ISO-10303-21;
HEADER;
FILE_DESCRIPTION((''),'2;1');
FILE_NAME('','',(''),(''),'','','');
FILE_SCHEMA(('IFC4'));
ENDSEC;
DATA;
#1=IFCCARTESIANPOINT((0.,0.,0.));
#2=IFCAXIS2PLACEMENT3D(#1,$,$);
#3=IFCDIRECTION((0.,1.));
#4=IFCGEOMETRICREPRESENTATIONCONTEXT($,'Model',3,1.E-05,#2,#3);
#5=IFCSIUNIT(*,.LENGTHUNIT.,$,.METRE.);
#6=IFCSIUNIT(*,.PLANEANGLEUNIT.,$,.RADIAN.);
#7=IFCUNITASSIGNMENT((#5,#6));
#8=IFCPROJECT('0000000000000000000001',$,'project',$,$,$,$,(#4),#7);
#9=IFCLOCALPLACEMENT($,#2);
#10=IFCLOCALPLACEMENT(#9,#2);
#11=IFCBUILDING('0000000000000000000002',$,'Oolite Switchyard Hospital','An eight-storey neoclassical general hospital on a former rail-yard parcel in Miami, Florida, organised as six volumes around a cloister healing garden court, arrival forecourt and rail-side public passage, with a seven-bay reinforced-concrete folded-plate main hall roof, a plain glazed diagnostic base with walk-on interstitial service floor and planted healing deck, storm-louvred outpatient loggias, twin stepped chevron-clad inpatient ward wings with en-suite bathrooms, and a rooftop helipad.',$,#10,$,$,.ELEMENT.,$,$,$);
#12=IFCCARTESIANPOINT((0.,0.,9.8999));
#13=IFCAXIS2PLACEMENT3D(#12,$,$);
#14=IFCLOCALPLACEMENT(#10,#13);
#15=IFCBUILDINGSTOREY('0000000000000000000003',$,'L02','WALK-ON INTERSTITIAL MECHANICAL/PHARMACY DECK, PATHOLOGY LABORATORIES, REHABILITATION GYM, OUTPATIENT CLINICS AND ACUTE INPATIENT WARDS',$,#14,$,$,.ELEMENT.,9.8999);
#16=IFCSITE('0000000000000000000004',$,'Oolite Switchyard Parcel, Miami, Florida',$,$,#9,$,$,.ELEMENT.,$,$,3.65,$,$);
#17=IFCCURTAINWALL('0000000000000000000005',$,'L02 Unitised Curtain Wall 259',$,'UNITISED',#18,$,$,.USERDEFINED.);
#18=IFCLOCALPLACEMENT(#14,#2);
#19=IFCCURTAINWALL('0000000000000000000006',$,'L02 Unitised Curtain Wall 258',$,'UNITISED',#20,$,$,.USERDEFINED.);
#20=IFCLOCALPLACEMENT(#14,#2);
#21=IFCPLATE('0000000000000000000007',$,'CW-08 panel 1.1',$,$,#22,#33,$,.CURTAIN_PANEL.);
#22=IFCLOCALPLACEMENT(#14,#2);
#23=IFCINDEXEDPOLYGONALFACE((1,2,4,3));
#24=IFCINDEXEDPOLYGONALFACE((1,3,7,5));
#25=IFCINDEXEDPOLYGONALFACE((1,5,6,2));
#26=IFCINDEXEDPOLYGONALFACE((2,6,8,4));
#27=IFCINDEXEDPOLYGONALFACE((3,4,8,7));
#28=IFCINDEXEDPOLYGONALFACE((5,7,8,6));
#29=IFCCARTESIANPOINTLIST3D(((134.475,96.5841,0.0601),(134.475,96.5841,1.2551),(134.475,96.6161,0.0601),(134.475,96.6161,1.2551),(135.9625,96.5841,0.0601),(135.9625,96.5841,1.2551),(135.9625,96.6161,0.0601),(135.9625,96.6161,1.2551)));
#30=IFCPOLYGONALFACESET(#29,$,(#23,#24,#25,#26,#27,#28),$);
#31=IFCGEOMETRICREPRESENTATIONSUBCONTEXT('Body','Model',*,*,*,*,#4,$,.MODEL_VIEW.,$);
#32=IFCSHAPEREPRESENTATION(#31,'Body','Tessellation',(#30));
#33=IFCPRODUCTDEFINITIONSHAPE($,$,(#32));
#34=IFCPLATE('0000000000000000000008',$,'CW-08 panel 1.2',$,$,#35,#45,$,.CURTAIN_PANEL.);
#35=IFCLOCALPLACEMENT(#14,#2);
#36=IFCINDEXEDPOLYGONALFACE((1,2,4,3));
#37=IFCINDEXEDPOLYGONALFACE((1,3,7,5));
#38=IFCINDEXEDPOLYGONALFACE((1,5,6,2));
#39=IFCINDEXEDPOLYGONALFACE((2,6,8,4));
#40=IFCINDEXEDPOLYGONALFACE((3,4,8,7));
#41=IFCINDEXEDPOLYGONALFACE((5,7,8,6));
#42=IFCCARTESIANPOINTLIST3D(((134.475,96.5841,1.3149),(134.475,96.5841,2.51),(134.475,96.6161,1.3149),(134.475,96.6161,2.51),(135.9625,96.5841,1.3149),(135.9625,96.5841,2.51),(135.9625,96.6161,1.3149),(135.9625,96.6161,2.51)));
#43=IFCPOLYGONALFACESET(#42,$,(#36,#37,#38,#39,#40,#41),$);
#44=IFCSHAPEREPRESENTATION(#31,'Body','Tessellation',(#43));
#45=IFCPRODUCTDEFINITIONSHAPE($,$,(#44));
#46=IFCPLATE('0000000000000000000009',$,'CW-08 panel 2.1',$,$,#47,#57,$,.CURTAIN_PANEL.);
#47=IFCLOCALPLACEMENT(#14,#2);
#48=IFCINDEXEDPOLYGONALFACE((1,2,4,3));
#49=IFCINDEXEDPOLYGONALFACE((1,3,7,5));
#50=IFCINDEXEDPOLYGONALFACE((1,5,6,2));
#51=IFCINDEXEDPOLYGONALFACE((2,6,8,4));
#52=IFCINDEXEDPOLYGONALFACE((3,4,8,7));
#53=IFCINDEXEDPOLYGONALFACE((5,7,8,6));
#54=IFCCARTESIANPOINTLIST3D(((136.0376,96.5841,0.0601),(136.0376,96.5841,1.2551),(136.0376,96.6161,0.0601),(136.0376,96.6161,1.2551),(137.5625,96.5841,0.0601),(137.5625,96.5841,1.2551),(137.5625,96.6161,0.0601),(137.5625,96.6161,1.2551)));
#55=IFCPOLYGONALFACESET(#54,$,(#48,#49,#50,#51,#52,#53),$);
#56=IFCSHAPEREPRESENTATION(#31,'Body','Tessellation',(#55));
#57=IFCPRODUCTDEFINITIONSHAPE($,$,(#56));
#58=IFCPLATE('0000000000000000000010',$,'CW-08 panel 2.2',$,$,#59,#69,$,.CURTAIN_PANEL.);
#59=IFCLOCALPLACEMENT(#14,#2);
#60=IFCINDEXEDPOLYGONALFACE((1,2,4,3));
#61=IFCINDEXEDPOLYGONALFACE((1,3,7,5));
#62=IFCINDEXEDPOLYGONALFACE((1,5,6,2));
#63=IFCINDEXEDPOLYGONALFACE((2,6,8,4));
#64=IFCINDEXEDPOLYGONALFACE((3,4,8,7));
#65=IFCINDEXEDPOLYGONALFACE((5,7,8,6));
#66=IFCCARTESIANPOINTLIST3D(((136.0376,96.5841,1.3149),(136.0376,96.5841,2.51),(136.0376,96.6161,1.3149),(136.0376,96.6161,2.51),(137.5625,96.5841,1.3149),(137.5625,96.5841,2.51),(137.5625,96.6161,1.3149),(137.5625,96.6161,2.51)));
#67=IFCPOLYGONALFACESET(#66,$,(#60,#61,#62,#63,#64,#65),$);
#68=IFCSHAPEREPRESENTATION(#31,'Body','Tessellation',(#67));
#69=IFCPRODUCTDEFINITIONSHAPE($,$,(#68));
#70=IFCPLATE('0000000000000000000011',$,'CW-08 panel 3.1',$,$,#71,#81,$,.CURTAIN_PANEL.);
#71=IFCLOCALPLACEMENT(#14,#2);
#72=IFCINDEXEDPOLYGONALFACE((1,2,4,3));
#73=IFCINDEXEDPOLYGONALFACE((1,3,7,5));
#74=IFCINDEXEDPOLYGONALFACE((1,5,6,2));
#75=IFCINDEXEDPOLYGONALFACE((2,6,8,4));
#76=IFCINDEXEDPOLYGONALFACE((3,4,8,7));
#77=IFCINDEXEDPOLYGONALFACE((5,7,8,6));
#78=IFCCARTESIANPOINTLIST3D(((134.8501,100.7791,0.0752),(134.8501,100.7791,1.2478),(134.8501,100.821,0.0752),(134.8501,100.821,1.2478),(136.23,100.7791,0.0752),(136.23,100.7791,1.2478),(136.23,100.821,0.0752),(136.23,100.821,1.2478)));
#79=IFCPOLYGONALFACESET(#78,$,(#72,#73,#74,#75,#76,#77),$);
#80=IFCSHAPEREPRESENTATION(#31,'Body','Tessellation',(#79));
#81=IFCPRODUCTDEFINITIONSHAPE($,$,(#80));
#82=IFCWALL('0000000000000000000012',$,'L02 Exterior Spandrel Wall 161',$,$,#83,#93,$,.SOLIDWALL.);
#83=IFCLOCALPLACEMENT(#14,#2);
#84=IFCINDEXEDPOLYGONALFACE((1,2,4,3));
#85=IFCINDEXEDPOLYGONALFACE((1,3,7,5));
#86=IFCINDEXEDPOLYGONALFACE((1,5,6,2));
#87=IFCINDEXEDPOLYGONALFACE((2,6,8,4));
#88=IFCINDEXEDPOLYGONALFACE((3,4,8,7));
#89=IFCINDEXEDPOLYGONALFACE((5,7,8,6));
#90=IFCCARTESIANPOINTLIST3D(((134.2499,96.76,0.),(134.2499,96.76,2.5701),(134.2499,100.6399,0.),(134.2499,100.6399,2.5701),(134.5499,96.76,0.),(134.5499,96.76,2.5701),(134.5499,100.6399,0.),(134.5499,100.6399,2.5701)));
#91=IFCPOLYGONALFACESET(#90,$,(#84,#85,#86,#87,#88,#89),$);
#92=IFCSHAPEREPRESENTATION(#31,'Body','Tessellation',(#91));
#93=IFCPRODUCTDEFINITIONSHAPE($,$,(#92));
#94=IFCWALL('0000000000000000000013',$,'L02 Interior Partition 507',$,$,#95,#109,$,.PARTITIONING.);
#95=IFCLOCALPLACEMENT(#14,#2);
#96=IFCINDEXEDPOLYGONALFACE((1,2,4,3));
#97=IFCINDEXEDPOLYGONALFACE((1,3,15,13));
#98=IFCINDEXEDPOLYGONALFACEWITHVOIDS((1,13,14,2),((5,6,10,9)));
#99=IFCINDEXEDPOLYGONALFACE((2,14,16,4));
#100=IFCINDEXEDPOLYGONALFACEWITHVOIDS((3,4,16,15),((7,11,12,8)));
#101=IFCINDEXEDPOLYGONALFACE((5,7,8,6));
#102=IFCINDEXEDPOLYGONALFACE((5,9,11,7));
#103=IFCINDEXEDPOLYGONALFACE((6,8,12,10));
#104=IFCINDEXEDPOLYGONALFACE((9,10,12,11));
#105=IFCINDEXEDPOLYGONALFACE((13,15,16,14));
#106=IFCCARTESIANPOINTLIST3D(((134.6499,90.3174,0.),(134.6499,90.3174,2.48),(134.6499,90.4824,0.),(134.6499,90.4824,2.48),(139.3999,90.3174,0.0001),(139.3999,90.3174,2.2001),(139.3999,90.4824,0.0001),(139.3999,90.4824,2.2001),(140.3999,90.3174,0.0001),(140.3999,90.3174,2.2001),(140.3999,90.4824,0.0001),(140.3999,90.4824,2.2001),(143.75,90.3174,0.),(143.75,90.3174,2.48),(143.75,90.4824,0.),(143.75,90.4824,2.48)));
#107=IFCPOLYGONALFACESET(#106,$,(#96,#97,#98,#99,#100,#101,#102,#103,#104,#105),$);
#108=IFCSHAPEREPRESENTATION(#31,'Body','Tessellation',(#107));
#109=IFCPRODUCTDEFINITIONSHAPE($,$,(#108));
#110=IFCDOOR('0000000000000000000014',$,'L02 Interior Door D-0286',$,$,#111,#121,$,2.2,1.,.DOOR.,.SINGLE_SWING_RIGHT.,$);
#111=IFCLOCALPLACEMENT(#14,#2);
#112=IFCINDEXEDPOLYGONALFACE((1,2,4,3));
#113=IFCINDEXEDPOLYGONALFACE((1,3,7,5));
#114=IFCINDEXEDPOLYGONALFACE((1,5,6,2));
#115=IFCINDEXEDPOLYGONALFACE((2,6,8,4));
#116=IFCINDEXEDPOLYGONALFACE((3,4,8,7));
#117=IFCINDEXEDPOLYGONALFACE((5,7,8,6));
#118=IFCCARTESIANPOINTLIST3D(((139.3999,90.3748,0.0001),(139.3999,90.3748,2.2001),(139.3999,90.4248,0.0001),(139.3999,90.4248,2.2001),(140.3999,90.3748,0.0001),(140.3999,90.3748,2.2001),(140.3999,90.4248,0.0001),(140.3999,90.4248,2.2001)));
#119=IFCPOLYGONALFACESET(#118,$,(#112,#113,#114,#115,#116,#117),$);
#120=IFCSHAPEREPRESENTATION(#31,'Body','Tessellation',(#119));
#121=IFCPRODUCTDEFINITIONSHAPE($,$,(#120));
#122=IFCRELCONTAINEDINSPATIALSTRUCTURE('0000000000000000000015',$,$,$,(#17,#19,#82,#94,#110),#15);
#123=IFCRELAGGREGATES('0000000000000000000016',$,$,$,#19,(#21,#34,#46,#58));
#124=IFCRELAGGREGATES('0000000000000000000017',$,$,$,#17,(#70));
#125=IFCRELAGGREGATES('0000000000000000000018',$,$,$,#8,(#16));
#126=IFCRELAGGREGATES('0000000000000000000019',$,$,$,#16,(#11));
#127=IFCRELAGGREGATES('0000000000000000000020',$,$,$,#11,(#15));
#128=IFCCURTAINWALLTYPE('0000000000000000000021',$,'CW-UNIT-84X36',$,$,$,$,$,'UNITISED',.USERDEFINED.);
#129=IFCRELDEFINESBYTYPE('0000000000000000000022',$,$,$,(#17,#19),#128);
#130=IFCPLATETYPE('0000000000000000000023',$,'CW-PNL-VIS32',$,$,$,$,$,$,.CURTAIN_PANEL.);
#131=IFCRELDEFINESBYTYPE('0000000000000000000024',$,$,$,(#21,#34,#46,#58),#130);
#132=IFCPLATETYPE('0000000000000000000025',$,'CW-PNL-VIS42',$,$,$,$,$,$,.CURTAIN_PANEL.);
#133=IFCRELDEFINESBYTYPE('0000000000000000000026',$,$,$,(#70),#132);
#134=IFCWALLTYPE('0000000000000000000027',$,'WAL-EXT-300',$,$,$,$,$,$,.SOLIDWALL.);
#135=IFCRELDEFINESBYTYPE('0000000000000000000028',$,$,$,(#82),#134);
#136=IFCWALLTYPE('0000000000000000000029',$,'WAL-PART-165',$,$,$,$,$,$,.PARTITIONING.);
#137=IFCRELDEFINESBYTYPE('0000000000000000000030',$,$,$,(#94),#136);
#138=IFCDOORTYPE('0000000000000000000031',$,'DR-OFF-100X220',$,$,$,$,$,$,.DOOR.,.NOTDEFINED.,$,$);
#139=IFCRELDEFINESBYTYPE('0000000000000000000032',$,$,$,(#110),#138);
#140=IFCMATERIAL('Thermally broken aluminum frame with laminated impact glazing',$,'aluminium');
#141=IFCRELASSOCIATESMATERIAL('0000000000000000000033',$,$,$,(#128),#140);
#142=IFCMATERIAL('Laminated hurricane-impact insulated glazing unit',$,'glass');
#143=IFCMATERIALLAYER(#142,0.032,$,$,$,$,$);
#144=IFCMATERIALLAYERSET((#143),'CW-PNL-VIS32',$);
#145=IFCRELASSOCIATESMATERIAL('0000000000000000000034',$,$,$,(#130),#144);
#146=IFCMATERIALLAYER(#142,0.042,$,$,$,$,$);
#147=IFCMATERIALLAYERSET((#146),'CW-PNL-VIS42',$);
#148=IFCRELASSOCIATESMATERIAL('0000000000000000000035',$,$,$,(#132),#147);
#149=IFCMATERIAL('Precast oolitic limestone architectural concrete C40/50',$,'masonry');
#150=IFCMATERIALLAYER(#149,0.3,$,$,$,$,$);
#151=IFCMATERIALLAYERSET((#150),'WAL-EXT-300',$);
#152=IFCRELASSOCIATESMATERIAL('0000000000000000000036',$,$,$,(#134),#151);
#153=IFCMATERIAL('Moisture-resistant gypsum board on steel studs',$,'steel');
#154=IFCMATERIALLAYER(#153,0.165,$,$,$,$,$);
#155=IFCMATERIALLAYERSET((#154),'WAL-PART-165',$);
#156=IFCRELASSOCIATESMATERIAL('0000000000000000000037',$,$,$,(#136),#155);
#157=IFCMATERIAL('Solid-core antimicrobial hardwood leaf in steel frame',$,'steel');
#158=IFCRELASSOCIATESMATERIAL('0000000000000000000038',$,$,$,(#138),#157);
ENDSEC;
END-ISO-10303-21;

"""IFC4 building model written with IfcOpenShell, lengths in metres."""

from ifc_helpers import new_model, si_unit, direction, frame, frame_2d, origin, origin_2d, place, context, subcontext, project, spatial, rectangle, extrude, material, layer, layer_set, type_object, element, fill, aggregate, save


model = new_model("IFC4")

# Units and contexts
model_context = context("Model", 3, precision=1e-05, world=origin(), true_north=direction((0.0, 1.0)))
body_context = subcontext(model_context, "Body", "Model", "MODEL_VIEW")
ifc_project = project(units=[si_unit("LENGTHUNIT", "METRE"), si_unit("PLANEANGLEUNIT", "RADIAN")], contexts=[model_context])

# Site, building, storey
site_placement = place(None, origin())
site = spatial("IfcSite", under=ifc_project, at=site_placement, Name="Oolite Switchyard Parcel, Miami, Florida", CompositionType="ELEMENT", RefElevation=3.65)
building_placement = place(site_placement, origin())
building = spatial("IfcBuilding", under=site, at=building_placement, Name="Oolite Switchyard Hospital", Description="An eight-storey neoclassical general hospital on a former rail-yard parcel in Miami, Florida, organised as six volumes around a cloister healing garden court, arrival forecourt and rail-side public passage, with a seven-bay reinforced-concrete folded-plate main hall roof, a plain glazed diagnostic base with walk-on interstitial service floor and planted healing deck, storm-louvred outpatient loggias, twin stepped chevron-clad inpatient ward wings with en-suite bathrooms, and a rooftop helipad.", CompositionType="ELEMENT")
storey_placement = place(building_placement, frame((0.0, 0.0, 9.8999)))
storey = spatial("IfcBuildingStorey", under=building, at=storey_placement, Name="L02", Description="WALK-ON INTERSTITIAL MECHANICAL/PHARMACY DECK, PATHOLOGY LABORATORIES, REHABILITATION GYM, OUTPATIENT CLINICS AND ACUTE INPATIENT WARDS", CompositionType="ELEMENT", Elevation=9.8999)

# Curtain wall
ifc_material_1 = material(Name="Thermally broken aluminum frame with laminated impact glazing", Category="aluminium")
curtain_wall_type = type_object("IfcCurtainWallType", Name="CW-UNIT-84X36", ElementType="UNITISED", PredefinedType="USERDEFINED", material=ifc_material_1)
curtain_wall_1_placement = place(storey_placement, origin())
curtain_wall_1 = element("IfcCurtainWall", 1, at=curtain_wall_1_placement, inside=storey, type_object=curtain_wall_type, Name="L02 Unitised Curtain Wall 259", ObjectType="UNITISED", PredefinedType="USERDEFINED")

# Curtain wall, plates
curtain_wall_2_placement = place(storey_placement, origin())
curtain_wall_2 = element("IfcCurtainWall", 2, at=curtain_wall_2_placement, inside=storey, type_object=curtain_wall_type, Name="L02 Unitised Curtain Wall 258", ObjectType="UNITISED", PredefinedType="USERDEFINED")
ifc_material_2 = material(Name="Laminated hurricane-impact insulated glazing unit", Category="glass")
ifc_layer_1 = layer(ifc_material_2, 0.032)
ifc_layer_set_1 = layer_set([ifc_layer_1], Name="CW-PNL-VIS32")
plate_type_1 = type_object("IfcPlateType", Name="CW-PNL-VIS32", PredefinedType="CURTAIN_PANEL", material=ifc_layer_set_1)
plate_1_placement = place(storey_placement, frame((135.2188, 96.6001, 0.0601), z_axis=(0.0, 0.0, 1.0), x_axis=(1.0, 0.0, 0.0)))
plate_1 = element("IfcPlate", 3, at=plate_1_placement, type_object=plate_type_1, Name="CW-08 panel 1.1", PredefinedType="CURTAIN_PANEL", context=body_context, shape_type="SweptSolid", body=[
    extrude(rectangle(XDim=1.4875, YDim=0.032, at=origin_2d()), origin(), (0.0, 0.0, 1.0), 1.1951),
])
plate_2_placement = place(storey_placement, frame((135.2188, 96.6001, 1.3149), z_axis=(0.0, 0.0, 1.0), x_axis=(1.0, 0.0, 0.0)))
plate_2 = element("IfcPlate", 4, at=plate_2_placement, type_object=plate_type_1, Name="CW-08 panel 1.2", PredefinedType="CURTAIN_PANEL", context=body_context, shape_type="SweptSolid", body=[
    extrude(rectangle(XDim=1.4875, YDim=0.032, at=origin_2d()), origin(), (0.0, 0.0, 1.0), 1.1951),
])
plate_3_placement = place(storey_placement, frame((136.8, 96.6001, 0.0601), z_axis=(0.0, 0.0, 1.0), x_axis=(1.0, 0.0, 0.0)))
plate_3 = element("IfcPlate", 5, at=plate_3_placement, type_object=plate_type_1, Name="CW-08 panel 2.1", PredefinedType="CURTAIN_PANEL", context=body_context, shape_type="SweptSolid", body=[
    extrude(rectangle(XDim=1.5249, YDim=0.032, at=origin_2d()), origin(), (0.0, 0.0, 1.0), 1.1951),
])
plate_4_placement = place(storey_placement, frame((136.8, 96.6001, 1.3149), z_axis=(0.0, 0.0, 1.0), x_axis=(1.0, 0.0, 0.0)))
plate_4 = element("IfcPlate", 6, at=plate_4_placement, type_object=plate_type_1, Name="CW-08 panel 2.2", PredefinedType="CURTAIN_PANEL", context=body_context, shape_type="SweptSolid", body=[
    extrude(rectangle(XDim=1.5249, YDim=0.032, at=origin_2d()), origin(), (0.0, 0.0, 1.0), 1.1951),
])
aggregate(curtain_wall_2, [plate_1, plate_2, plate_3, plate_4])

# Plate
ifc_layer_2 = layer(ifc_material_2, 0.042)
ifc_layer_set_2 = layer_set([ifc_layer_2], Name="CW-PNL-VIS42")
plate_type_2 = type_object("IfcPlateType", Name="CW-PNL-VIS42", PredefinedType="CURTAIN_PANEL", material=ifc_layer_set_2)
plate_5_placement = place(storey_placement, frame((135.54, 100.8, 0.0752), z_axis=(0.0, 0.0, 1.0), x_axis=(-1.0, 0.0, 0.0)))
plate_5 = element("IfcPlate", 7, at=plate_5_placement, type_object=plate_type_2, Name="CW-08 panel 3.1", PredefinedType="CURTAIN_PANEL", context=body_context, shape_type="SweptSolid", body=[
    extrude(rectangle(XDim=1.3799, YDim=0.042, at=origin_2d()), origin(), (0.0, 0.0, 1.0), 1.1726),
])
aggregate(curtain_wall_1, [plate_5])

# Wall
ifc_material_3 = material(Name="Precast oolitic limestone architectural concrete C40/50", Category="masonry")
ifc_layer_3 = layer(ifc_material_3, 0.3)
ifc_layer_set_3 = layer_set([ifc_layer_3], Name="WAL-EXT-300")
wall_type_1 = type_object("IfcWallType", Name="WAL-EXT-300", PredefinedType="SOLIDWALL", material=ifc_layer_set_3)
wall_1_placement = place(storey_placement, frame((134.3999, 100.6399, 0.0), z_axis=(0.0, 0.0, 1.0), x_axis=(0.0, -1.0, 0.0)))
element("IfcWall", 8, at=wall_1_placement, inside=storey, type_object=wall_type_1, Name="L02 Exterior Spandrel Wall 161", PredefinedType="SOLIDWALL", context=body_context, shape_type="SweptSolid", body=[
    extrude(rectangle(XDim=3.8799, YDim=0.3, at=frame_2d((1.9399, 0.0))), origin(), (0.0, 0.0, 1.0), 2.5701),
])

# Wall, opening, door
ifc_material_4 = material(Name="Moisture-resistant gypsum board on steel studs", Category="steel")
ifc_layer_4 = layer(ifc_material_4, 0.165)
ifc_layer_set_4 = layer_set([ifc_layer_4], Name="WAL-PART-165")
wall_type_2 = type_object("IfcWallType", Name="WAL-PART-165", PredefinedType="PARTITIONING", material=ifc_layer_set_4)
wall_2_placement = place(storey_placement, frame((134.6499, 90.3999, 0.0), z_axis=(0.0, 0.0, 1.0), x_axis=(1.0, 0.0, 0.0)))
wall_2 = element("IfcWall", 9, at=wall_2_placement, inside=storey, type_object=wall_type_2, Name="L02 Interior Partition 507", PredefinedType="PARTITIONING", context=body_context, shape_type="SweptSolid", body=[
    extrude(rectangle(XDim=9.1001, YDim=0.165, at=frame_2d((4.55, 0.0))), origin(), (0.0, 0.0, 1.0), 2.48),
])
opening_placement = place(wall_2_placement, frame((4.75, 0.0, 0.0)))
opening = element("IfcOpeningElement", 10, at=opening_placement, cuts=wall_2, PredefinedType="OPENING", context=body_context, shape_type="SweptSolid", body=[
    extrude(rectangle(XDim=1.0, YDim=2.2, at=frame_2d((0.5, 1.1001))), frame((0.0, 0.0925, 0.0), z_axis=(0.0, -1.0, 0.0), x_axis=(1.0, 0.0, 0.0)), (0.0, 0.0, 1.0), 0.1851),
])
ifc_material_5 = material(Name="Solid-core antimicrobial hardwood leaf in steel frame", Category="steel")
door_type = type_object("IfcDoorType", Name="DR-OFF-100X220", OperationType="NOTDEFINED", PredefinedType="DOOR", material=ifc_material_5)
door_placement = place(opening_placement, origin())
door = element("IfcDoor", 11, at=door_placement, inside=storey, type_object=door_type, Name="L02 Interior Door D-0286", OperationType="SINGLE_SWING_RIGHT", OverallHeight=2.2, OverallWidth=1.0, PredefinedType="DOOR", context=body_context, shape_type="SweptSolid", body=[
    extrude(rectangle(XDim=1.0, YDim=2.2, at=frame_2d((0.5, 1.1001))), frame((0.0, 0.0249, 0.0), z_axis=(0.0, -1.0, 0.0), x_axis=(1.0, 0.0, 0.0)), (0.0, 0.0, 1.0), 0.05),
])
fill(opening, door)

save(model, "model.ifc")
